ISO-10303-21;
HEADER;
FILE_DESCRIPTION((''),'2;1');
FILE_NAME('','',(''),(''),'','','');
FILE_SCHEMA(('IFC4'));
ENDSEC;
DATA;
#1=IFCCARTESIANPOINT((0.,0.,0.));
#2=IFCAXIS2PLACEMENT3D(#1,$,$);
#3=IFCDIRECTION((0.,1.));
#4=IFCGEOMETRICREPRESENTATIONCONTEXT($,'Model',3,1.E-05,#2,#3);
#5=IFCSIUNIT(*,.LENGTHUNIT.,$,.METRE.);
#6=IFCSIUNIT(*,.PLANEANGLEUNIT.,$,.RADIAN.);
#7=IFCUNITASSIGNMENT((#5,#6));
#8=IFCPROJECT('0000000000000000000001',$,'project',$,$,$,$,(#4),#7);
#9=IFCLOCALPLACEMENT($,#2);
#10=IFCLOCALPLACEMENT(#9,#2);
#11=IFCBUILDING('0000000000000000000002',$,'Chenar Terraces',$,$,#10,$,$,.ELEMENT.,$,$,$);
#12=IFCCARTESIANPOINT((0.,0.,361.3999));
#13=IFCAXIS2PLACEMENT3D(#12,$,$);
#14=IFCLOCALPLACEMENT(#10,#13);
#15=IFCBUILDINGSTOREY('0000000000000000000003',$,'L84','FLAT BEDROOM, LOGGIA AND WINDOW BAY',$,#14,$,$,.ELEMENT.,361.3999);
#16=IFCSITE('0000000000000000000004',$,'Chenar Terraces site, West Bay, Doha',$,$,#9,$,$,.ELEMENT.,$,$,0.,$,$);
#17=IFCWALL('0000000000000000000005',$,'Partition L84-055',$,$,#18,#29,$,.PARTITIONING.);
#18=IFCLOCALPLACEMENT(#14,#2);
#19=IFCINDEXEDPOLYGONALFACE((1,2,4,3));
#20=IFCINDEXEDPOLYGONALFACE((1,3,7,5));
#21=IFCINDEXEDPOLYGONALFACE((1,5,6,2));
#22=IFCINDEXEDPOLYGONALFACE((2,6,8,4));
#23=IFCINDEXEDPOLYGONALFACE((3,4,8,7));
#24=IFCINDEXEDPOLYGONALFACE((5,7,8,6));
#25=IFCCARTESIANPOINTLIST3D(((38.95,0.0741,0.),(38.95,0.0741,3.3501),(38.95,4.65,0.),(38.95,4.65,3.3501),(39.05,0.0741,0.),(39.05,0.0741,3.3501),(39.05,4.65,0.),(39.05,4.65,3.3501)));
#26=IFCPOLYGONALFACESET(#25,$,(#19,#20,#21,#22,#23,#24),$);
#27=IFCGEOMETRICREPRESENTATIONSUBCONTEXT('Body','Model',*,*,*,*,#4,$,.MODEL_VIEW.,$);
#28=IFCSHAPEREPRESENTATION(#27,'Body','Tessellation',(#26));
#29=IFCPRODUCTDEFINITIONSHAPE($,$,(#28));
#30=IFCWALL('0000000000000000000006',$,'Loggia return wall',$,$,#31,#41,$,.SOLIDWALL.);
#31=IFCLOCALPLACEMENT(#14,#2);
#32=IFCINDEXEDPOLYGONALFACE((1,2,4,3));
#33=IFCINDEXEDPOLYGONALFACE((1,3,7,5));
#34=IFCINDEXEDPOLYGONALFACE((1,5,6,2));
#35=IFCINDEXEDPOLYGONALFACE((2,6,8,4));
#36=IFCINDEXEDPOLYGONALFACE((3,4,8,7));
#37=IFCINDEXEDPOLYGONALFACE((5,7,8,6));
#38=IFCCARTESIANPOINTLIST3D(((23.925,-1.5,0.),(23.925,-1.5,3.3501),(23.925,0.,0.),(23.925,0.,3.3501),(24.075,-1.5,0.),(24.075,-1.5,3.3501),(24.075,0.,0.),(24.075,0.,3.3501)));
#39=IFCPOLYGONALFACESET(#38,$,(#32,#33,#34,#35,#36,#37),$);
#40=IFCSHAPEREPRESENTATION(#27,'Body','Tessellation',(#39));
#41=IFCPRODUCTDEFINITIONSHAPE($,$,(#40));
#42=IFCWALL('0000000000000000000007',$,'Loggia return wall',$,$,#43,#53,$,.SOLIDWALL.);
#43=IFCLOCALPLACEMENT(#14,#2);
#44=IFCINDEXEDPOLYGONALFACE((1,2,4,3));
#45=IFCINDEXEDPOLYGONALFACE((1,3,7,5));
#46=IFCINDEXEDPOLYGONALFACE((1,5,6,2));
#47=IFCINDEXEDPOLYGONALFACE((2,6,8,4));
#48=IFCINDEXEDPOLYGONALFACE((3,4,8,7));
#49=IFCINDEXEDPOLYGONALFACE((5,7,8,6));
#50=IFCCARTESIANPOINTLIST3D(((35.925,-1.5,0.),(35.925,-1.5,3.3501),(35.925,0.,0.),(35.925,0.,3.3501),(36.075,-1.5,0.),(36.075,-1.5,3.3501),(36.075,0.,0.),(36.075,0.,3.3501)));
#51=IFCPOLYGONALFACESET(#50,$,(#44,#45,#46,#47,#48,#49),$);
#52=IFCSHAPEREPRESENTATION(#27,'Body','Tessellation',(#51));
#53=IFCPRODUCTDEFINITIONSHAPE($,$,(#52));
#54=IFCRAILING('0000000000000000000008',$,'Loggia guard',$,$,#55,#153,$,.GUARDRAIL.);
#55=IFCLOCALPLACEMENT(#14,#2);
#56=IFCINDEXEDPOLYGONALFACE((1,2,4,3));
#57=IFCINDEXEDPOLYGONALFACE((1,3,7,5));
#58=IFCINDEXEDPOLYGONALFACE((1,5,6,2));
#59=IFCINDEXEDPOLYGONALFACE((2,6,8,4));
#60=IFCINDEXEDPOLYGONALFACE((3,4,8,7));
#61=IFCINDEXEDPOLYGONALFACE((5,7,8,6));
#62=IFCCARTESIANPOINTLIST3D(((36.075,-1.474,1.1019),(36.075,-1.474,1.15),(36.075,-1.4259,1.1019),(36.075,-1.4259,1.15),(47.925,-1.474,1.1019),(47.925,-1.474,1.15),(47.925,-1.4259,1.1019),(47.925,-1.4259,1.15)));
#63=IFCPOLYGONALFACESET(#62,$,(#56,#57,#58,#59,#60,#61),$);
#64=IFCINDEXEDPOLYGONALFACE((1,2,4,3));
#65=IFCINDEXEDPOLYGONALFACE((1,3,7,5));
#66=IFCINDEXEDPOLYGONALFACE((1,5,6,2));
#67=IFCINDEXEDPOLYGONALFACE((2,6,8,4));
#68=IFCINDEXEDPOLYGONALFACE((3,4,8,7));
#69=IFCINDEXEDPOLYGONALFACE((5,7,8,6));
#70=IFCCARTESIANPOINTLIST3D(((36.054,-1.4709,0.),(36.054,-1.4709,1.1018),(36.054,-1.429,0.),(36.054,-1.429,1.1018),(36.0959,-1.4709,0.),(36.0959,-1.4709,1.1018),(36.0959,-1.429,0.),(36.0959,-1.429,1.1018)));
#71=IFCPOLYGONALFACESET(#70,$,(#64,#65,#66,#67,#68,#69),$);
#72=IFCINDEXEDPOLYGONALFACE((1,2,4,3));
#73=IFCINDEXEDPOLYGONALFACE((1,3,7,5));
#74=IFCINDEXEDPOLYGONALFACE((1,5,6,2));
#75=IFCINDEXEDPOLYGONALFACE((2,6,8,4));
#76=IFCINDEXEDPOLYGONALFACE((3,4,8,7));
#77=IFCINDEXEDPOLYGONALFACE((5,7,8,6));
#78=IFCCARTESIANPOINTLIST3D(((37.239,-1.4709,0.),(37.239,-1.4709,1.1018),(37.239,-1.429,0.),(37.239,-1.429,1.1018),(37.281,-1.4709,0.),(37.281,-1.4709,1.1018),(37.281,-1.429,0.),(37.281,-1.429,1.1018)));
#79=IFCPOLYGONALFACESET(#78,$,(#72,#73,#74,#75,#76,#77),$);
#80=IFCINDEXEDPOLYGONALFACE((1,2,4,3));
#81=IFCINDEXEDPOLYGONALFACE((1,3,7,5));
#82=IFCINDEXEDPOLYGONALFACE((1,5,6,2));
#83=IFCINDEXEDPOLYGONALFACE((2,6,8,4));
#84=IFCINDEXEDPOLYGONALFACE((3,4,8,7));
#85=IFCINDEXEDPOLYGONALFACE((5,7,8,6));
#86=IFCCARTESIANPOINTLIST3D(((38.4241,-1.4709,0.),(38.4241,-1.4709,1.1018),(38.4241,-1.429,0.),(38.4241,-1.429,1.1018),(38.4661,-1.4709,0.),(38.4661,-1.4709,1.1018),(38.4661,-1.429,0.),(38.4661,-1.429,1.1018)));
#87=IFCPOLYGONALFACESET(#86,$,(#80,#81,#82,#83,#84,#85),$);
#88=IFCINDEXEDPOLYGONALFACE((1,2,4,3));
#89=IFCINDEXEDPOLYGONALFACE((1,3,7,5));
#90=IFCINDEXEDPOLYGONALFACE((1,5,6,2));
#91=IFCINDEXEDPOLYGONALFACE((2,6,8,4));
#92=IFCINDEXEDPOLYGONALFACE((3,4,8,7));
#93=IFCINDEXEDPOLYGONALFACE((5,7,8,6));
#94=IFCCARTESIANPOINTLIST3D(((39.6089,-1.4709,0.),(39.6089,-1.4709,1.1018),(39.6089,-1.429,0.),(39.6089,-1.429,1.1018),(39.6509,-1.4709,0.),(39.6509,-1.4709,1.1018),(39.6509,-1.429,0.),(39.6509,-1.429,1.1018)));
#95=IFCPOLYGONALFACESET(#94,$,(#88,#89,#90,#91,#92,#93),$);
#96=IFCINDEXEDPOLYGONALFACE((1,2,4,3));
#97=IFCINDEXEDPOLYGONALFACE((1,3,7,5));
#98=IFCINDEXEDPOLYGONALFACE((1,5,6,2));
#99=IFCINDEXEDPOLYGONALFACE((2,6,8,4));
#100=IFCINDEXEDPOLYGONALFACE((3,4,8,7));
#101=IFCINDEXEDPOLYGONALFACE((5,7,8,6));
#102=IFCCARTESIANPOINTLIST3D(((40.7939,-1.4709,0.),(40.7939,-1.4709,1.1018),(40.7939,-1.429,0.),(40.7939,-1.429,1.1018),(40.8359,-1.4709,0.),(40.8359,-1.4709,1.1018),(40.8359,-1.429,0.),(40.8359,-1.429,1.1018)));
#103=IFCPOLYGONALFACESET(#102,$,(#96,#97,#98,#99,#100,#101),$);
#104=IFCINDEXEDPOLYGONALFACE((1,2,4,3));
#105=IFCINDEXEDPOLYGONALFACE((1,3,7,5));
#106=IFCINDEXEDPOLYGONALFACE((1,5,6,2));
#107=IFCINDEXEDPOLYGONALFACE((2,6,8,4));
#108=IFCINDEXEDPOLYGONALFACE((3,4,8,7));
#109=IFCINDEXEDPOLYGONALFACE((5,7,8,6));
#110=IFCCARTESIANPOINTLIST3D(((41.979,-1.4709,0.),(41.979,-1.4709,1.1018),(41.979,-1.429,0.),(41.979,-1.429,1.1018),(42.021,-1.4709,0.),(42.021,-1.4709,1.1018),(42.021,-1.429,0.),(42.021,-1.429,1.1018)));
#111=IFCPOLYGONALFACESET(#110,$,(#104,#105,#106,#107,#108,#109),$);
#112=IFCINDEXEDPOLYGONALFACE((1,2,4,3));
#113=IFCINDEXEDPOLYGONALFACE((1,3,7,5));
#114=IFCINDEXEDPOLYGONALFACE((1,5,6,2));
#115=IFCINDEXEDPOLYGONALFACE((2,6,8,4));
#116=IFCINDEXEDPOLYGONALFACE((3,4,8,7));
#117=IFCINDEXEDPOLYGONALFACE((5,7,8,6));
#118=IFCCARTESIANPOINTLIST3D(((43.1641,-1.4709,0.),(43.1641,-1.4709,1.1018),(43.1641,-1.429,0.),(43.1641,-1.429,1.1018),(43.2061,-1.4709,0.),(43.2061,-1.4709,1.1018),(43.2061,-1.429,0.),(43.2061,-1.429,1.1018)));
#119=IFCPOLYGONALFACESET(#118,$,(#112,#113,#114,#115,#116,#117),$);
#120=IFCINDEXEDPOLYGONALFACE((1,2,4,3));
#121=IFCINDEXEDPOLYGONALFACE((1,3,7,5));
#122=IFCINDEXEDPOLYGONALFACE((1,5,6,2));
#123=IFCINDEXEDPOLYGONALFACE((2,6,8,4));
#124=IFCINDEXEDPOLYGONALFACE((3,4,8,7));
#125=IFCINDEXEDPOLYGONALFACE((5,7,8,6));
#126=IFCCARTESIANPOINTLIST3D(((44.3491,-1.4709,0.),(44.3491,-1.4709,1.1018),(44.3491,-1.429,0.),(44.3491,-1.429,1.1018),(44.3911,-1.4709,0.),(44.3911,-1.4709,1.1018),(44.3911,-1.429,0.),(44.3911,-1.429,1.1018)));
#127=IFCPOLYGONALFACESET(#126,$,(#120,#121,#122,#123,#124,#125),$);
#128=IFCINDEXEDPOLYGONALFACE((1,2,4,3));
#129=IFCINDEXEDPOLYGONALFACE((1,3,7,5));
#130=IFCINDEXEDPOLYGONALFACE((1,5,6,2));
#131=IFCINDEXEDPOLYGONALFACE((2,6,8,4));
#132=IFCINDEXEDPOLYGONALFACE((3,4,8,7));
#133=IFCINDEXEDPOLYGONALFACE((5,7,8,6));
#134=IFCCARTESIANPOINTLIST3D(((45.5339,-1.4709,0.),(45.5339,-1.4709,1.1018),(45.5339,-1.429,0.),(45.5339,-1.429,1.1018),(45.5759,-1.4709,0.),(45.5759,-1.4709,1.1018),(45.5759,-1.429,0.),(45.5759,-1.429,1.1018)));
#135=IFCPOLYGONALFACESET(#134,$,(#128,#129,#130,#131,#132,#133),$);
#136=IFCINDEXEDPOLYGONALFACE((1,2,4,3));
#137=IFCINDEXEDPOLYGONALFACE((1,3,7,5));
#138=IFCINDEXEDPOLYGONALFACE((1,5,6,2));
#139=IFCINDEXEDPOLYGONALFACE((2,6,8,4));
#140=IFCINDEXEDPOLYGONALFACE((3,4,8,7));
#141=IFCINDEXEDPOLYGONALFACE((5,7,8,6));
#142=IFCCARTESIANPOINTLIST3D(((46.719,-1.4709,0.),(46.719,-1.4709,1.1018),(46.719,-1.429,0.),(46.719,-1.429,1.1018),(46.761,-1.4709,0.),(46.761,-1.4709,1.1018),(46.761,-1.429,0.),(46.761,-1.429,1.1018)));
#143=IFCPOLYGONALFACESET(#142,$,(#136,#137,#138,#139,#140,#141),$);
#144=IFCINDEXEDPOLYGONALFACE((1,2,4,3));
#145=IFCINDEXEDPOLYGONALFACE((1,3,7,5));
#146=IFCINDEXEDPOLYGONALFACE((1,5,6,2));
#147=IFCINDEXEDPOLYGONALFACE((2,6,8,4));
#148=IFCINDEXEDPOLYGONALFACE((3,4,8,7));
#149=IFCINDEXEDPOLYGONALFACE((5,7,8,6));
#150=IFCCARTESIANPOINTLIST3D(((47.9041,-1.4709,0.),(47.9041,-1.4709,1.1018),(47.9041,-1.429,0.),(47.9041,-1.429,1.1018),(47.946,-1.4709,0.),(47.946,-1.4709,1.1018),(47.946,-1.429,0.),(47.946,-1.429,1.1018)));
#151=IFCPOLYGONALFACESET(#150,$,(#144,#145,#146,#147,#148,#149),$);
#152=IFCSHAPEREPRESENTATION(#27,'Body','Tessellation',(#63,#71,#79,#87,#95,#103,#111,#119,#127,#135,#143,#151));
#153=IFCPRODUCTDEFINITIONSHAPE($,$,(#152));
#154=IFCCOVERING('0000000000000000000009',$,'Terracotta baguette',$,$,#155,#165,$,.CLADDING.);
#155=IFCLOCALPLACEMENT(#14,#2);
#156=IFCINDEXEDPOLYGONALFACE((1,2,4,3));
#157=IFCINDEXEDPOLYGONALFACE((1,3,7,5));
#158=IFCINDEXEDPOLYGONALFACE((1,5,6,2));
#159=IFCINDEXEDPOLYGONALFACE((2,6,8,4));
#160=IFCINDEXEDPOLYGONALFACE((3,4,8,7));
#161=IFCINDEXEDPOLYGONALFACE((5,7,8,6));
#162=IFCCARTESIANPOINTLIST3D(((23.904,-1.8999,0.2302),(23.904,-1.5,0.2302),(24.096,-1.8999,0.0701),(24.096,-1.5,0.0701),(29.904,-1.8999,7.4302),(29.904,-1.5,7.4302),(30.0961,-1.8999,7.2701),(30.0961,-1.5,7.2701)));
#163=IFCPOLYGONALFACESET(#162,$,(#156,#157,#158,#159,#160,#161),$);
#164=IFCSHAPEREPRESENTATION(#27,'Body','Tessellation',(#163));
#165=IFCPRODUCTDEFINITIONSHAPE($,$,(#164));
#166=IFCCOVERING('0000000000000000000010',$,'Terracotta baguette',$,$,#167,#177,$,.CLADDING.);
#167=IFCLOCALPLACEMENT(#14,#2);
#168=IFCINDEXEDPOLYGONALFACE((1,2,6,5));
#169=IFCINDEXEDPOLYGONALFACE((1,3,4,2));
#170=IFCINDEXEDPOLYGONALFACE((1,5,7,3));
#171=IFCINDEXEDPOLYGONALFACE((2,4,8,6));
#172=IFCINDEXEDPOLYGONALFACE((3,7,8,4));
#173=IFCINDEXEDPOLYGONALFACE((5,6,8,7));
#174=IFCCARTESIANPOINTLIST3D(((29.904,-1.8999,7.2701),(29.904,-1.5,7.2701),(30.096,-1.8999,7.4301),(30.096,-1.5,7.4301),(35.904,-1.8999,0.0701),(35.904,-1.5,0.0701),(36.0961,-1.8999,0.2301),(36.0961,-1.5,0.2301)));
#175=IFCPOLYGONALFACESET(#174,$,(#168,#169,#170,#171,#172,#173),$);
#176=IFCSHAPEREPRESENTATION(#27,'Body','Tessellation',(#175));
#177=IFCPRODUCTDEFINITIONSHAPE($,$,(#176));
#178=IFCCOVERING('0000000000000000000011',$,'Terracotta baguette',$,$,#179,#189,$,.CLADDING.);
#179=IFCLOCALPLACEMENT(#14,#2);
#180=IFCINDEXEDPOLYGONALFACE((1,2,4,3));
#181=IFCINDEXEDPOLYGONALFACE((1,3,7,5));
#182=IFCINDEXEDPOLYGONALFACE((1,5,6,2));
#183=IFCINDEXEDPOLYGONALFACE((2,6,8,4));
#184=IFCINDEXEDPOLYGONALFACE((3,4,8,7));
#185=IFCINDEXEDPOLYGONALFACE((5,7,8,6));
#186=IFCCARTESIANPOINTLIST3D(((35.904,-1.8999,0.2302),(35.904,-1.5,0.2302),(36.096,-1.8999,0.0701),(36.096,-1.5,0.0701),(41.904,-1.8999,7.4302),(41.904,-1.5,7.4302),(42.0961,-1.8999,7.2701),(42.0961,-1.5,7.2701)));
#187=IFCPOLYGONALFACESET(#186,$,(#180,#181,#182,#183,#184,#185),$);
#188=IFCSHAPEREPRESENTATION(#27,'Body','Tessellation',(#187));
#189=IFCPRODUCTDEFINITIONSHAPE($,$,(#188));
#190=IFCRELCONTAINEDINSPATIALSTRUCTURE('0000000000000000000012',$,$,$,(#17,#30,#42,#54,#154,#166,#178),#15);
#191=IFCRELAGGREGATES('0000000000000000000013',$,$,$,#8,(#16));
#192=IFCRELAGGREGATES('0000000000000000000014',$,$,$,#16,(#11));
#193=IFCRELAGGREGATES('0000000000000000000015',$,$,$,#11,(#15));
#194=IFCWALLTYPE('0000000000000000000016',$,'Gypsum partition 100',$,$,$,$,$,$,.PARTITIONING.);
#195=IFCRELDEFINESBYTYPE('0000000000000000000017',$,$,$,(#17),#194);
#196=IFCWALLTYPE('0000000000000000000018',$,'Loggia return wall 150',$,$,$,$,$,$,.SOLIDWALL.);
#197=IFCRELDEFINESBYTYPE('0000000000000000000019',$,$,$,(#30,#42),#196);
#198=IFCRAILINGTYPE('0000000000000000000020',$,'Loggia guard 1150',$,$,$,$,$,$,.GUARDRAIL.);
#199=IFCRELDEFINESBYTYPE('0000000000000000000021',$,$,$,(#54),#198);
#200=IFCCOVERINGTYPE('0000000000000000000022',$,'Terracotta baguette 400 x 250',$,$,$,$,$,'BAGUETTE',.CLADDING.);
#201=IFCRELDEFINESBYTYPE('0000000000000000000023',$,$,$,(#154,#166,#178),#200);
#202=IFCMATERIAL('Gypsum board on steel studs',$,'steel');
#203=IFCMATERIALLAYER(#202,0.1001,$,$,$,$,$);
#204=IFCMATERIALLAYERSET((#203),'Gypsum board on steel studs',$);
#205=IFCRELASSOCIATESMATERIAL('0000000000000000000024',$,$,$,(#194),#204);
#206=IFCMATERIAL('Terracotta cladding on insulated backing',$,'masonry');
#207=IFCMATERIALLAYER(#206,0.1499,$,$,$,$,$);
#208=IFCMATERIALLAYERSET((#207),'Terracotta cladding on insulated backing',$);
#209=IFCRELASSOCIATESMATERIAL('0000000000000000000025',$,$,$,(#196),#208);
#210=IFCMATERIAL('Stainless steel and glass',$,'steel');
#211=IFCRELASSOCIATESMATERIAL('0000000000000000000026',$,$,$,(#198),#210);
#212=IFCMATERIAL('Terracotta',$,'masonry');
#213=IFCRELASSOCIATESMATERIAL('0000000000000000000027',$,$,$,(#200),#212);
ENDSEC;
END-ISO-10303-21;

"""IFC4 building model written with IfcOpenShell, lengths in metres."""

from ifc_helpers import new_model, si_unit, direction, frame, frame_2d, origin, origin_2d, place, context, subcontext, project, spatial, rectangle, extrude, material, layer, layer_set, material_profile, profile_set, type_object, element, save


model = new_model("IFC4")

# Units and contexts
model_context = context("Model", 3, precision=1e-05, world=origin(), true_north=direction((0.0, 1.0)))
body_context = subcontext(model_context, "Body", "Model", "MODEL_VIEW")
ifc_project = project(units=[si_unit("LENGTHUNIT", "METRE"), si_unit("PLANEANGLEUNIT", "RADIAN")], contexts=[model_context])

# Site, building, storey
site_placement = place(None, origin())
site = spatial("IfcSite", under=ifc_project, at=site_placement, Name="Chenar Terraces site, West Bay, Doha", CompositionType="ELEMENT", RefElevation=0.0)
building_placement = place(site_placement, origin())
building = spatial("IfcBuilding", under=site, at=building_placement, Name="Chenar Terraces", CompositionType="ELEMENT")
storey_placement = place(building_placement, frame((0.0, 0.0, 361.3999)))
storey = spatial("IfcBuildingStorey", under=building, at=storey_placement, Name="L84", Description="FLAT BEDROOM, LOGGIA AND WINDOW BAY", CompositionType="ELEMENT", Elevation=361.3999)

# Shared definitions
ifc_material_1 = material(Name="Gypsum board on steel studs", Category="steel")
ifc_layer_1 = layer(ifc_material_1, 0.1001)
ifc_layer_set_1 = layer_set([ifc_layer_1], Name="Gypsum board on steel studs")
wall_type_1 = type_object("IfcWallType", Name="Gypsum partition 100", PredefinedType="PARTITIONING", material=ifc_layer_set_1)

# Walls
wall_1_placement = place(storey_placement, frame((39.0, 0.074, 0.0), z_axis=(0.0, 0.0, 1.0), x_axis=(0.0, 1.0, 0.0)))
element("IfcWall", 1, at=wall_1_placement, inside=storey, type_object=wall_type_1, Name="Partition L84-055", PredefinedType="PARTITIONING", context=body_context, shape_type="SweptSolid", body=[
    extrude(rectangle(XDim=4.5759, YDim=0.1001, at=frame_2d((2.2881, 0.0))), origin(), (0.0, 0.0, 1.0), 3.3501),
])
ifc_material_2 = material(Name="Terracotta cladding on insulated backing", Category="masonry")
ifc_layer_2 = layer(ifc_material_2, 0.1499)
ifc_layer_set_2 = layer_set([ifc_layer_2], Name="Terracotta cladding on insulated backing")
wall_type_2 = type_object("IfcWallType", Name="Loggia return wall 150", PredefinedType="SOLIDWALL", material=ifc_layer_set_2)
for number, where, z_axis, x_axis, name in (
    (2, (24.0, -1.5, 0.0), (0.0, 0.0, 1.0), (0.0, 1.0, 0.0), "Loggia return wall"),
    (3, (36.0, -1.5, 0.0), (0.0, 0.0, 1.0), (0.0, 1.0, 0.0), "Loggia return wall"),
):
    element("IfcWall", number, at=place(storey_placement, frame(where, z_axis=z_axis, x_axis=x_axis)), inside=storey, type_object=wall_type_2, Name=name, PredefinedType="SOLIDWALL", context=body_context, shape_type="SweptSolid", body=[
        extrude(rectangle(XDim=1.5, YDim=0.1499, at=frame_2d((0.75, 0.0))), origin(), (0.0, 0.0, 1.0), 3.3501),
    ])

# Railing
ifc_material_3 = material(Name="Stainless steel and glass", Category="steel")
railing_type = type_object("IfcRailingType", Name="Loggia guard 1150", PredefinedType="GUARDRAIL", material=ifc_material_3)
railing_placement = place(storey_placement, frame((36.075, -1.45, 0.0)))
element("IfcRailing", 4, at=railing_placement, inside=storey, type_object=railing_type, Name="Loggia guard", PredefinedType="GUARDRAIL", context=body_context, shape_type="SweptSolid", body=[
    extrude(rectangle(XDim=0.0481, YDim=0.0481, at=origin_2d()), frame((0.0, 0.0, 1.126), z_axis=(1.0, 0.0, 0.0), x_axis=(0.0, 1.0, 0.0)), (0.0, 0.0, 1.0), 11.8501),
    extrude(rectangle(XDim=0.042, YDim=0.042, at=origin_2d()), origin(), (0.0, 0.0, 1.0), 1.1018),
    extrude(rectangle(XDim=0.042, YDim=0.042, at=origin_2d()), frame((1.1851, 0.0, 0.0)), (0.0, 0.0, 1.0), 1.1018),
    extrude(rectangle(XDim=0.042, YDim=0.042, at=origin_2d()), frame((2.3701, 0.0, 0.0)), (0.0, 0.0, 1.0), 1.1018),
    extrude(rectangle(XDim=0.042, YDim=0.042, at=origin_2d()), frame((3.5549, 0.0, 0.0)), (0.0, 0.0, 1.0), 1.1018),
    extrude(rectangle(XDim=0.042, YDim=0.042, at=origin_2d()), frame((4.74, 0.0, 0.0)), (0.0, 0.0, 1.0), 1.1018),
    extrude(rectangle(XDim=0.042, YDim=0.042, at=origin_2d()), frame((5.925, 0.0, 0.0)), (0.0, 0.0, 1.0), 1.1018),
    extrude(rectangle(XDim=0.042, YDim=0.042, at=origin_2d()), frame((7.1101, 0.0, 0.0)), (0.0, 0.0, 1.0), 1.1018),
    extrude(rectangle(XDim=0.042, YDim=0.042, at=origin_2d()), frame((8.2952, 0.0, 0.0)), (0.0, 0.0, 1.0), 1.1018),
    extrude(rectangle(XDim=0.042, YDim=0.042, at=origin_2d()), frame((9.48, 0.0, 0.0)), (0.0, 0.0, 1.0), 1.1018),
    extrude(rectangle(XDim=0.042, YDim=0.042, at=origin_2d()), frame((10.665, 0.0, 0.0)), (0.0, 0.0, 1.0), 1.1018),
    extrude(rectangle(XDim=0.042, YDim=0.042, at=origin_2d()), frame((11.8501, 0.0, 0.0)), (0.0, 0.0, 1.0), 1.1018),
])

# Coverings
ifc_material_4 = material(Name="Terracotta", Category="masonry")
ifc_material_profile_1 = material_profile(ifc_material_4, rectangle(XDim=0.3999, YDim=0.25, at=origin_2d()), Name="Terracotta baguette 400 x 250")
ifc_profile_set_1 = profile_set([ifc_material_profile_1], Name="Terracotta")
covering_type = type_object("IfcCoveringType", Name="Terracotta baguette 400 x 250", ElementType="BAGUETTE", PredefinedType="CLADDING", material=ifc_profile_set_1)
for number, where, z_axis, x_axis, name in (
    (5, (24.0, -1.7, 0.1501), (0.640187, 0.0, 0.768219), (0.0, 1.0, 0.0), "Terracotta baguette"),
    (6, (30.0, -1.7, 7.3501), (0.640187, 0.0, -0.768219), (0.0, 1.0, 0.0), "Terracotta baguette"),
    (7, (36.0, -1.7, 0.1501), (0.640187, 0.0, 0.768219), (0.0, 1.0, 0.0), "Terracotta baguette"),
):
    element("IfcCovering", number, at=place(storey_placement, frame(where, z_axis=z_axis, x_axis=x_axis)), inside=storey, type_object=covering_type, Name=name, PredefinedType="CLADDING", context=body_context, shape_type="SweptSolid", body=[
        extrude(rectangle(XDim=0.3999, YDim=0.25, at=origin_2d()), origin(), (0.0, 0.0, 1.0), 9.3723),
    ])

save(model, "model.ifc")
